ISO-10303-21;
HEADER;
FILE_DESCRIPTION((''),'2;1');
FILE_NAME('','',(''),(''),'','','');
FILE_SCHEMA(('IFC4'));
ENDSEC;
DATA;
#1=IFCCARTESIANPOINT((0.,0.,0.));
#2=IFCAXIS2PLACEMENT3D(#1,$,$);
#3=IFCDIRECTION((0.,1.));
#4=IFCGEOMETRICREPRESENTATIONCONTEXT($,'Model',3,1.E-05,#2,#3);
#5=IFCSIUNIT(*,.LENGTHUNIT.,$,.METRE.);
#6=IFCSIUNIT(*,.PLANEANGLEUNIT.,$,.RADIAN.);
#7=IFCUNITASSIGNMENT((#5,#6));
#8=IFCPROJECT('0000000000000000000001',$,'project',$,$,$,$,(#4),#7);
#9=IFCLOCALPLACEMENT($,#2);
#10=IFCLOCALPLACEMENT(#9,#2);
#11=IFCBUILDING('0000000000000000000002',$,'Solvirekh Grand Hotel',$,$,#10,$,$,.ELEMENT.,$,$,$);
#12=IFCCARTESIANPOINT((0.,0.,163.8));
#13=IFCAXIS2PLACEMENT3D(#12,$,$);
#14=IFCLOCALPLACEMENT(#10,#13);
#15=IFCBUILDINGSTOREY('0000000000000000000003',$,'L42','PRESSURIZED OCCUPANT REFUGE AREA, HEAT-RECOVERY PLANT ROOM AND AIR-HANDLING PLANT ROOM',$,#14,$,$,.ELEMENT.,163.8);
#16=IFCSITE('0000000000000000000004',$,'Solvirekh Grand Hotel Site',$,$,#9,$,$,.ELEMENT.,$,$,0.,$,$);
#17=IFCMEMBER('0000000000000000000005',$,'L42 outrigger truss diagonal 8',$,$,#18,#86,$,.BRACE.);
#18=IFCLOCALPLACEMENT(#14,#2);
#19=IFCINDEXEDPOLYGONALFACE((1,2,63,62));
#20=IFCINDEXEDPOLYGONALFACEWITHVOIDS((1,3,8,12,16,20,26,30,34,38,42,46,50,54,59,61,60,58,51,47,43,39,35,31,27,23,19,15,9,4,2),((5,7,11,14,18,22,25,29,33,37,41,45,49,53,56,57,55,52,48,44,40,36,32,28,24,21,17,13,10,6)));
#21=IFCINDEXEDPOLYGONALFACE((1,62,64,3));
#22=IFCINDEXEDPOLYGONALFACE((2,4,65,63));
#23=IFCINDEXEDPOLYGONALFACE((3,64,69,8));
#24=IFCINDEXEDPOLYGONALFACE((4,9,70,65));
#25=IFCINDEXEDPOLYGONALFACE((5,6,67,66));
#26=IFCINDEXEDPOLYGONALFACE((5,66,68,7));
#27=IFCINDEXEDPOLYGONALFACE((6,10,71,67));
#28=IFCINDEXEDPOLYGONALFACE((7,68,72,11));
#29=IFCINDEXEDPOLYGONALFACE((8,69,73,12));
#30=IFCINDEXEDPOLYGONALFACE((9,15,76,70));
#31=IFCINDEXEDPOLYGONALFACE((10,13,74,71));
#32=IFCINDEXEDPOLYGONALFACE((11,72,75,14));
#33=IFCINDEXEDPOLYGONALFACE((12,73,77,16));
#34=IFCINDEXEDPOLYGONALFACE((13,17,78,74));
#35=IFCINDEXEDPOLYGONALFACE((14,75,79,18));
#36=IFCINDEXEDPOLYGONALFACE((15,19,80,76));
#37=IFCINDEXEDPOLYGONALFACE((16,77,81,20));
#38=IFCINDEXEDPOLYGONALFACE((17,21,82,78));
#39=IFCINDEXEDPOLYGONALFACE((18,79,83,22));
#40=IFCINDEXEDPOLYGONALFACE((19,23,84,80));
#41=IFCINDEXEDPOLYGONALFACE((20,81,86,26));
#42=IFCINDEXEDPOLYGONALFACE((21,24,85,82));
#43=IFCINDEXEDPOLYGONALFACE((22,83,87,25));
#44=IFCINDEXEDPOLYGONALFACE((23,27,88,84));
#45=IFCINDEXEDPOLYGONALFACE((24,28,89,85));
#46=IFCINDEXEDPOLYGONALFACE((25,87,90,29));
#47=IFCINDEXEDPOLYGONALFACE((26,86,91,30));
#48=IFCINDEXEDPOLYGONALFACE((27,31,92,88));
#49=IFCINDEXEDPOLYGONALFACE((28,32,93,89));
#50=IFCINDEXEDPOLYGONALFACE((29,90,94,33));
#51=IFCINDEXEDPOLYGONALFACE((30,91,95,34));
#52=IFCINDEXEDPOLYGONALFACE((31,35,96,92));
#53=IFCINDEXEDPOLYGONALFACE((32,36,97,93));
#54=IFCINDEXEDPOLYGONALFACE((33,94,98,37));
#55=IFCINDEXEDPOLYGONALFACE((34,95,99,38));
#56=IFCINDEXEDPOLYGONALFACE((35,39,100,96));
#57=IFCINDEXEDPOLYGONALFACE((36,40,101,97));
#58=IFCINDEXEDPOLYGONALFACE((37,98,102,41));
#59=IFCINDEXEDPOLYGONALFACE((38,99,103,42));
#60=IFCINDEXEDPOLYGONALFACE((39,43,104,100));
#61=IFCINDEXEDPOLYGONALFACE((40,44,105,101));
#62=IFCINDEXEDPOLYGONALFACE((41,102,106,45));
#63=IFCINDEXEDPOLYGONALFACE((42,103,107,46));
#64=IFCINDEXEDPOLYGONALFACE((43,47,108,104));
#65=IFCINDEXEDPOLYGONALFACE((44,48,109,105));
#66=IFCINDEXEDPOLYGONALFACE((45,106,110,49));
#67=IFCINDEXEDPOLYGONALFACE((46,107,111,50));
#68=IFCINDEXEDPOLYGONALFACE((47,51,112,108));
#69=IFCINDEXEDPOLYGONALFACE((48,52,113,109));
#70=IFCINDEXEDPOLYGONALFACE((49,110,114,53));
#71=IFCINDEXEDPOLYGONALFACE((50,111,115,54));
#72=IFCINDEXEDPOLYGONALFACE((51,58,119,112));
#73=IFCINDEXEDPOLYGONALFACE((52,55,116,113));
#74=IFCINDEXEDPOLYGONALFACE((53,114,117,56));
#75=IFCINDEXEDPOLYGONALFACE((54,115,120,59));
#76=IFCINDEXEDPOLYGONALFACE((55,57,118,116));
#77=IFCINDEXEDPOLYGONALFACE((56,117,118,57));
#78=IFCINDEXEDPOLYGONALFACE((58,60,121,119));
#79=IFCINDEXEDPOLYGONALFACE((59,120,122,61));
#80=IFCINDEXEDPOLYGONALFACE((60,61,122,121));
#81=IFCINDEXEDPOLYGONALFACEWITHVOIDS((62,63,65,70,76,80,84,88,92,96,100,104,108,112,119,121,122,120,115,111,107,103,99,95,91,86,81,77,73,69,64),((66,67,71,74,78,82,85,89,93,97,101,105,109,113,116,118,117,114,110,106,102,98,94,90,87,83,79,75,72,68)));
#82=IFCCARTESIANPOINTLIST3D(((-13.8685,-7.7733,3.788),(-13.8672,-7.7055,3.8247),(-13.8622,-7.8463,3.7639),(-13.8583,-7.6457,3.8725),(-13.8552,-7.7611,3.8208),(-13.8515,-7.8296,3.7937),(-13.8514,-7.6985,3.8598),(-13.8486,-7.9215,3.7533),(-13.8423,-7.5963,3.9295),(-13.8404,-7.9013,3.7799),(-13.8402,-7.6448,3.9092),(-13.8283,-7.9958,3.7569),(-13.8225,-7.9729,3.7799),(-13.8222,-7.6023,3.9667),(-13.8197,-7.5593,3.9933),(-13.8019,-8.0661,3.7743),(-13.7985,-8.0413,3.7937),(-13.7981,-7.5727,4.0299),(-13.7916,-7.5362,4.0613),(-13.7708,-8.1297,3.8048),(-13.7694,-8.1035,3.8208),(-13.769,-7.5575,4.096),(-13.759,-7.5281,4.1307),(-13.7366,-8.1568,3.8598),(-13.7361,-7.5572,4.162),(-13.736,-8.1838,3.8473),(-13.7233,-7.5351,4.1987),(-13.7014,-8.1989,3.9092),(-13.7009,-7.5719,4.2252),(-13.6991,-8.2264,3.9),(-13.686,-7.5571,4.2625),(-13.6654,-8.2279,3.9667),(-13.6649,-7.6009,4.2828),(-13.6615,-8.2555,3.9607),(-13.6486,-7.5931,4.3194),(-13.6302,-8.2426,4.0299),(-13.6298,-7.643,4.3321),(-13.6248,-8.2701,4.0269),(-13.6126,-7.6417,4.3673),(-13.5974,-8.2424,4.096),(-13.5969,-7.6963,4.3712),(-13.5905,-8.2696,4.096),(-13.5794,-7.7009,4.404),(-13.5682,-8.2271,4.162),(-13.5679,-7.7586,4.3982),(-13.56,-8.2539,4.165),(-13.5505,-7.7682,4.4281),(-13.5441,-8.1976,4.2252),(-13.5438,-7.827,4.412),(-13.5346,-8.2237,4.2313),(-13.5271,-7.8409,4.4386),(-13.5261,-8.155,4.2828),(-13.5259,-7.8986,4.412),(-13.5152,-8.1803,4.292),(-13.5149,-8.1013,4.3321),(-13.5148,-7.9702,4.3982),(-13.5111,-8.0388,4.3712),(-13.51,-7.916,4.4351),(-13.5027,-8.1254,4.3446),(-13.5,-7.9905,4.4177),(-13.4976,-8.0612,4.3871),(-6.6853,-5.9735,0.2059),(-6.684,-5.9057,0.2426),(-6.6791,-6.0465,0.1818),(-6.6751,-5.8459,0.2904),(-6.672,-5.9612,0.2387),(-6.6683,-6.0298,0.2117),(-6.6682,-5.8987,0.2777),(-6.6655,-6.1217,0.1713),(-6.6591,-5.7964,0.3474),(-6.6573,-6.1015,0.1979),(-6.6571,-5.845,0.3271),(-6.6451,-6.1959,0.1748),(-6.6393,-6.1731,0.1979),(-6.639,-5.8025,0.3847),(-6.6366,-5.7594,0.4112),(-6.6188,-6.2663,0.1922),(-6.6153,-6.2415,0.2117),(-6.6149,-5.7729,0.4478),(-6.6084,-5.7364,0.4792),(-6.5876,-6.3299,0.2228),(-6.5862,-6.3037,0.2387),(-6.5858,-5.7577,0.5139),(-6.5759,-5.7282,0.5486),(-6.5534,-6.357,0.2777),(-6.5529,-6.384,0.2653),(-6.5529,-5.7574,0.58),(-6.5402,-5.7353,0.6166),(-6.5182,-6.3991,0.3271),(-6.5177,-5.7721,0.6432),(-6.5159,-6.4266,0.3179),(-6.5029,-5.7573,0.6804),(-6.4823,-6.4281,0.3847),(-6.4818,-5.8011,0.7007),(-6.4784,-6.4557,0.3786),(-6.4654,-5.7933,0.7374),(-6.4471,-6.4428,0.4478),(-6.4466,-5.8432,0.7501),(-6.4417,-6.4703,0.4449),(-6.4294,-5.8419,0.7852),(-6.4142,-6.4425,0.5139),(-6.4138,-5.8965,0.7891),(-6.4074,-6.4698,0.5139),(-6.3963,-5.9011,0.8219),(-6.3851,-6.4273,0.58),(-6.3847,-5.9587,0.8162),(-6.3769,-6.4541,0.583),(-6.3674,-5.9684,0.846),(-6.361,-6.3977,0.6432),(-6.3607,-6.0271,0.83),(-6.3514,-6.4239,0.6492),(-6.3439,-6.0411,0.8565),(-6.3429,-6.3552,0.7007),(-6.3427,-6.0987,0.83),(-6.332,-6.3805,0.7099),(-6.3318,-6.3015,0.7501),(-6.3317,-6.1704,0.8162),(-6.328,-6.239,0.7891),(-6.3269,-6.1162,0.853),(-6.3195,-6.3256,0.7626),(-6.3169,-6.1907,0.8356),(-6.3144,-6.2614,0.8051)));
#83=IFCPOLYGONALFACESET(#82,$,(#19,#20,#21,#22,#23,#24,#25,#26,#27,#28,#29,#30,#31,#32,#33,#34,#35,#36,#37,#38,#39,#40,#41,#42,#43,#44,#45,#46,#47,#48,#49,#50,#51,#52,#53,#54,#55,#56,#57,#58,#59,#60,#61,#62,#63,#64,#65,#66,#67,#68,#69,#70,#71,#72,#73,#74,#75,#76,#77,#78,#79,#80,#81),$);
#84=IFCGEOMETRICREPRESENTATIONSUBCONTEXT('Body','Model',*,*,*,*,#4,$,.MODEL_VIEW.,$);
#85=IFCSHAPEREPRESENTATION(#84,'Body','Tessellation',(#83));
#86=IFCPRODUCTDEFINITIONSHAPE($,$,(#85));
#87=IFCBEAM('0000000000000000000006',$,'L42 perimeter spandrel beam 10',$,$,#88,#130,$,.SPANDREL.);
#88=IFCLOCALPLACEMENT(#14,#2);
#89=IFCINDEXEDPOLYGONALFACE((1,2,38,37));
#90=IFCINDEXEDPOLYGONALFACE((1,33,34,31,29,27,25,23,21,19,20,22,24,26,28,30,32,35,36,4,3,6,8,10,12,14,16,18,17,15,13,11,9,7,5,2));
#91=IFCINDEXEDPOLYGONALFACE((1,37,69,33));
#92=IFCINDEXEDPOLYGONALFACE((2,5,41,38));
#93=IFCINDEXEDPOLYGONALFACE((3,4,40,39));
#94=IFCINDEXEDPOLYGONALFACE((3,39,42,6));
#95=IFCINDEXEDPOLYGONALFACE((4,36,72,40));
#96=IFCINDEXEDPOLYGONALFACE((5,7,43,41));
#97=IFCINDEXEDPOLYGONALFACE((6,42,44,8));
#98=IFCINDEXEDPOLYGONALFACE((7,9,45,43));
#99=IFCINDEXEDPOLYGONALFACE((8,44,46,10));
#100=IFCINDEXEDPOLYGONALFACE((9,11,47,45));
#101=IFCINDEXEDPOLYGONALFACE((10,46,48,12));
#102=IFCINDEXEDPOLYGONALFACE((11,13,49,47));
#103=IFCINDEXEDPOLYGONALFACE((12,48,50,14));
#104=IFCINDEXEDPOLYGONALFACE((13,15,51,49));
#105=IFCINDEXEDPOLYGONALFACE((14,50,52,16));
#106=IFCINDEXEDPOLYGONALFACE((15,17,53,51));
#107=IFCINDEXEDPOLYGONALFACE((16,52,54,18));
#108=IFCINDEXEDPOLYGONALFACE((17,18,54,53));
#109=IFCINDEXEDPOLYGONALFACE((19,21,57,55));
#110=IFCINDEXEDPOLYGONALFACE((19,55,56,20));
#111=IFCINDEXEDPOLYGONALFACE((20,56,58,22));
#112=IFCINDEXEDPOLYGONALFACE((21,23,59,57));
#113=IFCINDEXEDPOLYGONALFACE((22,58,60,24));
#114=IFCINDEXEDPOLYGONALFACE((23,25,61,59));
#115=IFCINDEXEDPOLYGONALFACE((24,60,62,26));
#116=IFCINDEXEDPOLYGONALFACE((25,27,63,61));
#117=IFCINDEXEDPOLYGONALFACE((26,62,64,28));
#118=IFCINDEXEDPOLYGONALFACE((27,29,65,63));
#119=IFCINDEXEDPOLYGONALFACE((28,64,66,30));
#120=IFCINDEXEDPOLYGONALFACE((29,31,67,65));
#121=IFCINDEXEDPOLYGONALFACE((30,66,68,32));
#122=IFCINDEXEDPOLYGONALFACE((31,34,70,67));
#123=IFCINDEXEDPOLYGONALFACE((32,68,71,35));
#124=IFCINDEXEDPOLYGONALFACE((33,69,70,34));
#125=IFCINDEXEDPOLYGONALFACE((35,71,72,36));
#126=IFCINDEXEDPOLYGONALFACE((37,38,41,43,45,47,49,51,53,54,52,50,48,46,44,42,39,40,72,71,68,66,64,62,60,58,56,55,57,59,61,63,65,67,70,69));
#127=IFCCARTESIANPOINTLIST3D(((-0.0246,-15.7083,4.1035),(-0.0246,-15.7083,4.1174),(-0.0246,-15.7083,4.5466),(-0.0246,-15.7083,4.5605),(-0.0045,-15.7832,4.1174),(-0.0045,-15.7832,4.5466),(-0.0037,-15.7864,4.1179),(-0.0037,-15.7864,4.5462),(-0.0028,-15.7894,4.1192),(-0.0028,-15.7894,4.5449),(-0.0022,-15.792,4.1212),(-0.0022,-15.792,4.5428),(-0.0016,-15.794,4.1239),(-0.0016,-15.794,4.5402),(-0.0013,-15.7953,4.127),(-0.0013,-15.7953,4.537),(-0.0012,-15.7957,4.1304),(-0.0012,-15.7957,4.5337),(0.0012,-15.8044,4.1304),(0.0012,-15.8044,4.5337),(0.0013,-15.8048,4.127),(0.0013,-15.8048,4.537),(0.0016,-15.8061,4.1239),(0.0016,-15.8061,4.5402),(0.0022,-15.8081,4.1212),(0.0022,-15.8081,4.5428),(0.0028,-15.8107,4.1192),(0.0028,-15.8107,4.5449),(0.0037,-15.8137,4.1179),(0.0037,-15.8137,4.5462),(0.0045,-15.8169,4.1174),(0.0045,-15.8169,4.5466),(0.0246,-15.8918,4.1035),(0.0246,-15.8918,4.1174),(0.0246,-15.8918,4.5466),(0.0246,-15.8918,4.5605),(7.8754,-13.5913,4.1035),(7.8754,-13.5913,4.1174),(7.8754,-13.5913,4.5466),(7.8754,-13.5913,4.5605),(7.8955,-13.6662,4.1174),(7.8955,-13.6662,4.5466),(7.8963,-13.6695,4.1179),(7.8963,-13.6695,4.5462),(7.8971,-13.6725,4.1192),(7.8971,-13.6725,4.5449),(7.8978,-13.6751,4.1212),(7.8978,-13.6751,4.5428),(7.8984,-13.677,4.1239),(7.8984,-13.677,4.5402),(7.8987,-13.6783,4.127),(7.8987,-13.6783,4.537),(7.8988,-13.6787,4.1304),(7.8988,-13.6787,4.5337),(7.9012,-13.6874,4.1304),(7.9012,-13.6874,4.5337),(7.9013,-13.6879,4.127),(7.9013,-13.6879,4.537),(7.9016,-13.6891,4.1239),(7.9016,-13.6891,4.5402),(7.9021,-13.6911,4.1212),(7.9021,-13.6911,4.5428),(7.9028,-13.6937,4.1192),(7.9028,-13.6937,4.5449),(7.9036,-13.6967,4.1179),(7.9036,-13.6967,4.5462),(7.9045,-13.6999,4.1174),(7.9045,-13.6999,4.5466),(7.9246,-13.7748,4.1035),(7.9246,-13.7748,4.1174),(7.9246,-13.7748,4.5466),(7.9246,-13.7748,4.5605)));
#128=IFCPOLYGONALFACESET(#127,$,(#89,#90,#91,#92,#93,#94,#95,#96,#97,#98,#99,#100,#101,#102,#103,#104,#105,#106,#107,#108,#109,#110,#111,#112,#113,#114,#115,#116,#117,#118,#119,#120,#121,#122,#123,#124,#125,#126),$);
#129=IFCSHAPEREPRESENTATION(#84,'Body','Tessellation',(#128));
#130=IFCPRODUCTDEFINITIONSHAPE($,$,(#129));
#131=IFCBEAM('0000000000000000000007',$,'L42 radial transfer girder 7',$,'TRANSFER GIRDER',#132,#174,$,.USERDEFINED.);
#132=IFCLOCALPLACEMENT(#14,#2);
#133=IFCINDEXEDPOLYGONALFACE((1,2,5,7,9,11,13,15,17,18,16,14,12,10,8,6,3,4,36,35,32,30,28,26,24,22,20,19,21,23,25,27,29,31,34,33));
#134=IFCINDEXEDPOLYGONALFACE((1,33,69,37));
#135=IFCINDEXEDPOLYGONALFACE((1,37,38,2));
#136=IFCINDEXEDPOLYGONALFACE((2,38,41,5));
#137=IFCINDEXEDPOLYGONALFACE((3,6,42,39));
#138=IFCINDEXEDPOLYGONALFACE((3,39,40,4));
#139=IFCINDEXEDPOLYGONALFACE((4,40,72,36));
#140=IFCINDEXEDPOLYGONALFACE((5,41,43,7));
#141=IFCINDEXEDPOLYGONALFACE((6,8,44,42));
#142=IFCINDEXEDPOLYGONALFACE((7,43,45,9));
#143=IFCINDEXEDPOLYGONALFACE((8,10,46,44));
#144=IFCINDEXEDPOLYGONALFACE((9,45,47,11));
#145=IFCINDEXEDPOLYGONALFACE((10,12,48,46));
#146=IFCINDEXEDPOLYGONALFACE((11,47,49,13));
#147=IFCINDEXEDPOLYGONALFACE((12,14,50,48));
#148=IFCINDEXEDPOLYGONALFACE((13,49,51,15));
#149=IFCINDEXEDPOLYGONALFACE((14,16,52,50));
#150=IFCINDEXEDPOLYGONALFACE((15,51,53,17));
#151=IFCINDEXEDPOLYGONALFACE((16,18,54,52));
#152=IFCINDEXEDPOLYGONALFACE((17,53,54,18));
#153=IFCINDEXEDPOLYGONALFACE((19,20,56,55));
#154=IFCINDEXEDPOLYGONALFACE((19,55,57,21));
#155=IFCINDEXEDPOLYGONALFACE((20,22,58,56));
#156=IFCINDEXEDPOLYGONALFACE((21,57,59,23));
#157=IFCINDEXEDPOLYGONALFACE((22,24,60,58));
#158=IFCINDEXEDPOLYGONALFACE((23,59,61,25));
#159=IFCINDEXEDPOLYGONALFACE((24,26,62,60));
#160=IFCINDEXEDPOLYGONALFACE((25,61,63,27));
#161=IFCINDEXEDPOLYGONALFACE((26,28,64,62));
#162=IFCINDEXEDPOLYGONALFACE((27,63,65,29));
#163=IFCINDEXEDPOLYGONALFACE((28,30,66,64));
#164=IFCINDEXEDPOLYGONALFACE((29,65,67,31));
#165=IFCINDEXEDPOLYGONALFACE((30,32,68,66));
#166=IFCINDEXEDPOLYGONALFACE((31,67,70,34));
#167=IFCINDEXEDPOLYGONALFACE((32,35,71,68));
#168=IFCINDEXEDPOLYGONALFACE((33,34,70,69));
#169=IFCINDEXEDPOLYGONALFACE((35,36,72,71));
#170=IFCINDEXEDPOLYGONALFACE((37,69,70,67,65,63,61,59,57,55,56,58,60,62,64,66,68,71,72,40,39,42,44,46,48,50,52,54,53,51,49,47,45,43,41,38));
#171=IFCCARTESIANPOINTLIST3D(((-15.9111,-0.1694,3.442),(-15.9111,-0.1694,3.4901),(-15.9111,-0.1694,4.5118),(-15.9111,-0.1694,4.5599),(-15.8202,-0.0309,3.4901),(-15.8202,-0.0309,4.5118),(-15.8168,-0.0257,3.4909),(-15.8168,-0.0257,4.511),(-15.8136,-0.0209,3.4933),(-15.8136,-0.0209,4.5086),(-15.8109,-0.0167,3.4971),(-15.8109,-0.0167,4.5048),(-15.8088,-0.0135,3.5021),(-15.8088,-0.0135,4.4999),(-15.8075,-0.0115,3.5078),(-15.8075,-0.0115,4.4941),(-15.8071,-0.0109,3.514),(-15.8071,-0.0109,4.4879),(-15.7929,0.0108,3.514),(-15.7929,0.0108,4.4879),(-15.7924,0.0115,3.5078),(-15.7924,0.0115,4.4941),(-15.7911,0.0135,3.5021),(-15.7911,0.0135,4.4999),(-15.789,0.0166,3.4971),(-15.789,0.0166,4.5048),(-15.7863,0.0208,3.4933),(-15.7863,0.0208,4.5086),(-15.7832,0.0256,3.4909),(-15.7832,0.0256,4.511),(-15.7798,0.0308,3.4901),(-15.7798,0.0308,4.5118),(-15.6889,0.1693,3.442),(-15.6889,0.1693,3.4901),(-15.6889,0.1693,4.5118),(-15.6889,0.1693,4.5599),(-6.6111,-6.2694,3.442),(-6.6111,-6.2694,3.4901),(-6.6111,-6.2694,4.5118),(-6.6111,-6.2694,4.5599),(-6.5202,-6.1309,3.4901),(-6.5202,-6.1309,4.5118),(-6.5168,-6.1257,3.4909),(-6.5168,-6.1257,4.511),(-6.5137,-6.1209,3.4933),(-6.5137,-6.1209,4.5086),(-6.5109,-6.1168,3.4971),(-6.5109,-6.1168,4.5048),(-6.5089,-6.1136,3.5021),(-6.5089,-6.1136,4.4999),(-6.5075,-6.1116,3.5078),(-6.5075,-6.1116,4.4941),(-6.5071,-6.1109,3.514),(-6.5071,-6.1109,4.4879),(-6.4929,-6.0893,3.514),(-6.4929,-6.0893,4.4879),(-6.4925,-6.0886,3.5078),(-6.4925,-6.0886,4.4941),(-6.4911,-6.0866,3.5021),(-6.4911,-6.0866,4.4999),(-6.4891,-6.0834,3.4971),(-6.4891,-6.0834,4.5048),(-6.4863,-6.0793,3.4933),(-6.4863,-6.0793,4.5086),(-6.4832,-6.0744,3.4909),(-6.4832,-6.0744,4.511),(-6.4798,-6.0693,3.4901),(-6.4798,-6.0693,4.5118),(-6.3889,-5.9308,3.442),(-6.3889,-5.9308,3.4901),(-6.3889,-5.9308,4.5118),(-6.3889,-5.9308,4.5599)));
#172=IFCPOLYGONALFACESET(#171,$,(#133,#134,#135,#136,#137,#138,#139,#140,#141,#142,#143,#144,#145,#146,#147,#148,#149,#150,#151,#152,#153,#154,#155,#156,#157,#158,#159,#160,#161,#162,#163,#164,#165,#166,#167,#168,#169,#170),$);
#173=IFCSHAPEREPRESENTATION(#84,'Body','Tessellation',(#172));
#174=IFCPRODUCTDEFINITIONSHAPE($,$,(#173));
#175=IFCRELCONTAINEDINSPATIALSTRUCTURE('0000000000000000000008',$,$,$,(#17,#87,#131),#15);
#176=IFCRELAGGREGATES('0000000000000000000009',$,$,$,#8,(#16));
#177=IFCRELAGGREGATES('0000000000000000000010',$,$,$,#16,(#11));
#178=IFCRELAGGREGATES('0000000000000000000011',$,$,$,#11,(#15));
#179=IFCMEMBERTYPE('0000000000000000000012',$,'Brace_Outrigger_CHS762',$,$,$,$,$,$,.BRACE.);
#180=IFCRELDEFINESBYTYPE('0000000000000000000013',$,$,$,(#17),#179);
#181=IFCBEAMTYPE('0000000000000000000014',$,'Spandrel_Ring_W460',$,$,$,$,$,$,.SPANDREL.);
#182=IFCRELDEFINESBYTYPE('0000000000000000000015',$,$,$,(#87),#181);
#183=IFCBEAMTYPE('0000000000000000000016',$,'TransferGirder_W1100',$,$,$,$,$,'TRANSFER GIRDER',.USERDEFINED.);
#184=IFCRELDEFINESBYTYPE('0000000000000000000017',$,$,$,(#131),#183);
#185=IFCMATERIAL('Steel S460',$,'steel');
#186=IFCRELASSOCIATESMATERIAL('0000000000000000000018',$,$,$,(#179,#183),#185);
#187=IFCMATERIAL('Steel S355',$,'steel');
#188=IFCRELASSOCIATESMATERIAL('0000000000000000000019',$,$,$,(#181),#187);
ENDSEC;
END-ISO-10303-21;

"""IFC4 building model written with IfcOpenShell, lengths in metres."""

from ifc_helpers import new_model, si_unit, direction, frame, origin, origin_2d, place, context, subcontext, project, spatial, hollow_circle, i_section, extrude, material, material_profile, profile_set, type_object, element, save


model = new_model("IFC4")

# Units and contexts
model_context = context("Model", 3, precision=1e-05, world=origin(), true_north=direction((0.0, 1.0)))
body_context = subcontext(model_context, "Body", "Model", "MODEL_VIEW")
ifc_project = project(units=[si_unit("LENGTHUNIT", "METRE"), si_unit("PLANEANGLEUNIT", "RADIAN")], contexts=[model_context])

# Site, building, storey
site_placement = place(None, origin())
site = spatial("IfcSite", under=ifc_project, at=site_placement, Name="Solvirekh Grand Hotel Site", CompositionType="ELEMENT", RefElevation=0.0)
building_placement = place(site_placement, origin())
building = spatial("IfcBuilding", under=site, at=building_placement, Name="Solvirekh Grand Hotel", CompositionType="ELEMENT")
storey_placement = place(building_placement, frame((0.0, 0.0, 163.8)))
storey = spatial("IfcBuildingStorey", under=building, at=storey_placement, Name="L42", Description="PRESSURIZED OCCUPANT REFUGE AREA, HEAT-RECOVERY PLANT ROOM AND AIR-HANDLING PLANT ROOM", CompositionType="ELEMENT", Elevation=163.8)

# Shared definitions
ifc_material_1 = material(Name="Steel S460", Category="steel")

# Member
ifc_material_profile_1 = material_profile(ifc_material_1, hollow_circle(Radius=0.3811, WallThickness=0.0281, at=origin_2d()), Name="CHS 762X28")
ifc_profile_set_1 = profile_set([ifc_material_profile_1], Name="Steel S460")
member_type = type_object("IfcMemberType", Name="Brace_Outrigger_CHS762", PredefinedType="BRACE", material=ifc_profile_set_1)
member_placement = place(storey_placement, frame((-6.5, -6.1001, 0.5139), z_axis=(-0.873219, -0.218794, 0.435452), x_axis=(0.243048, -0.970014, 0.0)))
element("IfcMember", 1, at=member_placement, inside=storey, type_object=member_type, Name="L42 outrigger truss diagonal 8", PredefinedType="BRACE", context=body_context, shape_type="SweptSolid", body=[
    extrude(hollow_circle(Radius=0.3811, WallThickness=0.0281, at=origin_2d()), origin(), (0.0, 0.0, 1.0), 8.2261),
])

# Beams
ifc_material_2 = material(Name="Steel S355", Category="steel")
ifc_material_profile_2 = material_profile(ifc_material_2, i_section(OverallWidth=0.1899, OverallDepth=0.457, WebThickness=0.009, FlangeThickness=0.0139, FilletRadius=0.0129, at=origin_2d()), Name="W460X74")
ifc_profile_set_2 = profile_set([ifc_material_profile_2], Name="Steel S355")
beam_type_1 = type_object("IfcBeamType", Name="Spandrel_Ring_W460", PredefinedType="SPANDREL", material=ifc_profile_set_2)
beam_1_placement = place(storey_placement, frame((0.0, -15.8, 4.332), z_axis=(0.965921, 0.258839, 0.0), x_axis=(-0.258839, 0.965921, 0.0)))
element("IfcBeam", 2, at=beam_1_placement, inside=storey, type_object=beam_type_1, Name="L42 perimeter spandrel beam 10", PredefinedType="SPANDREL", context=body_context, shape_type="SweptSolid", body=[
    extrude(i_section(OverallWidth=0.1899, OverallDepth=0.457, WebThickness=0.009, FlangeThickness=0.0139, FilletRadius=0.0129, at=origin_2d()), origin(), (0.0, 0.0, 1.0), 8.1787),
])
ifc_material_profile_3 = material_profile(ifc_material_1, i_section(OverallWidth=0.405, OverallDepth=1.1179, WebThickness=0.0259, FlangeThickness=0.0481, FilletRadius=0.0239, at=origin_2d()), Name="W1100X499")
ifc_profile_set_3 = profile_set([ifc_material_profile_3], Name="Steel S460")
beam_type_2 = type_object("IfcBeamType", Name="TransferGirder_W1100", ElementType="TRANSFER GIRDER", PredefinedType="USERDEFINED", material=ifc_profile_set_3)
beam_2_placement = place(storey_placement, frame((-6.5, -6.1001, 4.001), z_axis=(-0.836174, 0.548464, 0.0), x_axis=(-0.548464, -0.836174, 0.0)))
element("IfcBeam", 3, at=beam_2_placement, inside=storey, type_object=beam_type_2, Name="L42 radial transfer girder 7", ObjectType="TRANSFER GIRDER", PredefinedType="USERDEFINED", context=body_context, shape_type="SweptSolid", body=[
    extrude(i_section(OverallWidth=0.405, OverallDepth=1.1179, WebThickness=0.0259, FlangeThickness=0.0481, FilletRadius=0.0239, at=origin_2d()), origin(), (0.0, 0.0, 1.0), 11.1221),
])

save(model, "model.ifc")
